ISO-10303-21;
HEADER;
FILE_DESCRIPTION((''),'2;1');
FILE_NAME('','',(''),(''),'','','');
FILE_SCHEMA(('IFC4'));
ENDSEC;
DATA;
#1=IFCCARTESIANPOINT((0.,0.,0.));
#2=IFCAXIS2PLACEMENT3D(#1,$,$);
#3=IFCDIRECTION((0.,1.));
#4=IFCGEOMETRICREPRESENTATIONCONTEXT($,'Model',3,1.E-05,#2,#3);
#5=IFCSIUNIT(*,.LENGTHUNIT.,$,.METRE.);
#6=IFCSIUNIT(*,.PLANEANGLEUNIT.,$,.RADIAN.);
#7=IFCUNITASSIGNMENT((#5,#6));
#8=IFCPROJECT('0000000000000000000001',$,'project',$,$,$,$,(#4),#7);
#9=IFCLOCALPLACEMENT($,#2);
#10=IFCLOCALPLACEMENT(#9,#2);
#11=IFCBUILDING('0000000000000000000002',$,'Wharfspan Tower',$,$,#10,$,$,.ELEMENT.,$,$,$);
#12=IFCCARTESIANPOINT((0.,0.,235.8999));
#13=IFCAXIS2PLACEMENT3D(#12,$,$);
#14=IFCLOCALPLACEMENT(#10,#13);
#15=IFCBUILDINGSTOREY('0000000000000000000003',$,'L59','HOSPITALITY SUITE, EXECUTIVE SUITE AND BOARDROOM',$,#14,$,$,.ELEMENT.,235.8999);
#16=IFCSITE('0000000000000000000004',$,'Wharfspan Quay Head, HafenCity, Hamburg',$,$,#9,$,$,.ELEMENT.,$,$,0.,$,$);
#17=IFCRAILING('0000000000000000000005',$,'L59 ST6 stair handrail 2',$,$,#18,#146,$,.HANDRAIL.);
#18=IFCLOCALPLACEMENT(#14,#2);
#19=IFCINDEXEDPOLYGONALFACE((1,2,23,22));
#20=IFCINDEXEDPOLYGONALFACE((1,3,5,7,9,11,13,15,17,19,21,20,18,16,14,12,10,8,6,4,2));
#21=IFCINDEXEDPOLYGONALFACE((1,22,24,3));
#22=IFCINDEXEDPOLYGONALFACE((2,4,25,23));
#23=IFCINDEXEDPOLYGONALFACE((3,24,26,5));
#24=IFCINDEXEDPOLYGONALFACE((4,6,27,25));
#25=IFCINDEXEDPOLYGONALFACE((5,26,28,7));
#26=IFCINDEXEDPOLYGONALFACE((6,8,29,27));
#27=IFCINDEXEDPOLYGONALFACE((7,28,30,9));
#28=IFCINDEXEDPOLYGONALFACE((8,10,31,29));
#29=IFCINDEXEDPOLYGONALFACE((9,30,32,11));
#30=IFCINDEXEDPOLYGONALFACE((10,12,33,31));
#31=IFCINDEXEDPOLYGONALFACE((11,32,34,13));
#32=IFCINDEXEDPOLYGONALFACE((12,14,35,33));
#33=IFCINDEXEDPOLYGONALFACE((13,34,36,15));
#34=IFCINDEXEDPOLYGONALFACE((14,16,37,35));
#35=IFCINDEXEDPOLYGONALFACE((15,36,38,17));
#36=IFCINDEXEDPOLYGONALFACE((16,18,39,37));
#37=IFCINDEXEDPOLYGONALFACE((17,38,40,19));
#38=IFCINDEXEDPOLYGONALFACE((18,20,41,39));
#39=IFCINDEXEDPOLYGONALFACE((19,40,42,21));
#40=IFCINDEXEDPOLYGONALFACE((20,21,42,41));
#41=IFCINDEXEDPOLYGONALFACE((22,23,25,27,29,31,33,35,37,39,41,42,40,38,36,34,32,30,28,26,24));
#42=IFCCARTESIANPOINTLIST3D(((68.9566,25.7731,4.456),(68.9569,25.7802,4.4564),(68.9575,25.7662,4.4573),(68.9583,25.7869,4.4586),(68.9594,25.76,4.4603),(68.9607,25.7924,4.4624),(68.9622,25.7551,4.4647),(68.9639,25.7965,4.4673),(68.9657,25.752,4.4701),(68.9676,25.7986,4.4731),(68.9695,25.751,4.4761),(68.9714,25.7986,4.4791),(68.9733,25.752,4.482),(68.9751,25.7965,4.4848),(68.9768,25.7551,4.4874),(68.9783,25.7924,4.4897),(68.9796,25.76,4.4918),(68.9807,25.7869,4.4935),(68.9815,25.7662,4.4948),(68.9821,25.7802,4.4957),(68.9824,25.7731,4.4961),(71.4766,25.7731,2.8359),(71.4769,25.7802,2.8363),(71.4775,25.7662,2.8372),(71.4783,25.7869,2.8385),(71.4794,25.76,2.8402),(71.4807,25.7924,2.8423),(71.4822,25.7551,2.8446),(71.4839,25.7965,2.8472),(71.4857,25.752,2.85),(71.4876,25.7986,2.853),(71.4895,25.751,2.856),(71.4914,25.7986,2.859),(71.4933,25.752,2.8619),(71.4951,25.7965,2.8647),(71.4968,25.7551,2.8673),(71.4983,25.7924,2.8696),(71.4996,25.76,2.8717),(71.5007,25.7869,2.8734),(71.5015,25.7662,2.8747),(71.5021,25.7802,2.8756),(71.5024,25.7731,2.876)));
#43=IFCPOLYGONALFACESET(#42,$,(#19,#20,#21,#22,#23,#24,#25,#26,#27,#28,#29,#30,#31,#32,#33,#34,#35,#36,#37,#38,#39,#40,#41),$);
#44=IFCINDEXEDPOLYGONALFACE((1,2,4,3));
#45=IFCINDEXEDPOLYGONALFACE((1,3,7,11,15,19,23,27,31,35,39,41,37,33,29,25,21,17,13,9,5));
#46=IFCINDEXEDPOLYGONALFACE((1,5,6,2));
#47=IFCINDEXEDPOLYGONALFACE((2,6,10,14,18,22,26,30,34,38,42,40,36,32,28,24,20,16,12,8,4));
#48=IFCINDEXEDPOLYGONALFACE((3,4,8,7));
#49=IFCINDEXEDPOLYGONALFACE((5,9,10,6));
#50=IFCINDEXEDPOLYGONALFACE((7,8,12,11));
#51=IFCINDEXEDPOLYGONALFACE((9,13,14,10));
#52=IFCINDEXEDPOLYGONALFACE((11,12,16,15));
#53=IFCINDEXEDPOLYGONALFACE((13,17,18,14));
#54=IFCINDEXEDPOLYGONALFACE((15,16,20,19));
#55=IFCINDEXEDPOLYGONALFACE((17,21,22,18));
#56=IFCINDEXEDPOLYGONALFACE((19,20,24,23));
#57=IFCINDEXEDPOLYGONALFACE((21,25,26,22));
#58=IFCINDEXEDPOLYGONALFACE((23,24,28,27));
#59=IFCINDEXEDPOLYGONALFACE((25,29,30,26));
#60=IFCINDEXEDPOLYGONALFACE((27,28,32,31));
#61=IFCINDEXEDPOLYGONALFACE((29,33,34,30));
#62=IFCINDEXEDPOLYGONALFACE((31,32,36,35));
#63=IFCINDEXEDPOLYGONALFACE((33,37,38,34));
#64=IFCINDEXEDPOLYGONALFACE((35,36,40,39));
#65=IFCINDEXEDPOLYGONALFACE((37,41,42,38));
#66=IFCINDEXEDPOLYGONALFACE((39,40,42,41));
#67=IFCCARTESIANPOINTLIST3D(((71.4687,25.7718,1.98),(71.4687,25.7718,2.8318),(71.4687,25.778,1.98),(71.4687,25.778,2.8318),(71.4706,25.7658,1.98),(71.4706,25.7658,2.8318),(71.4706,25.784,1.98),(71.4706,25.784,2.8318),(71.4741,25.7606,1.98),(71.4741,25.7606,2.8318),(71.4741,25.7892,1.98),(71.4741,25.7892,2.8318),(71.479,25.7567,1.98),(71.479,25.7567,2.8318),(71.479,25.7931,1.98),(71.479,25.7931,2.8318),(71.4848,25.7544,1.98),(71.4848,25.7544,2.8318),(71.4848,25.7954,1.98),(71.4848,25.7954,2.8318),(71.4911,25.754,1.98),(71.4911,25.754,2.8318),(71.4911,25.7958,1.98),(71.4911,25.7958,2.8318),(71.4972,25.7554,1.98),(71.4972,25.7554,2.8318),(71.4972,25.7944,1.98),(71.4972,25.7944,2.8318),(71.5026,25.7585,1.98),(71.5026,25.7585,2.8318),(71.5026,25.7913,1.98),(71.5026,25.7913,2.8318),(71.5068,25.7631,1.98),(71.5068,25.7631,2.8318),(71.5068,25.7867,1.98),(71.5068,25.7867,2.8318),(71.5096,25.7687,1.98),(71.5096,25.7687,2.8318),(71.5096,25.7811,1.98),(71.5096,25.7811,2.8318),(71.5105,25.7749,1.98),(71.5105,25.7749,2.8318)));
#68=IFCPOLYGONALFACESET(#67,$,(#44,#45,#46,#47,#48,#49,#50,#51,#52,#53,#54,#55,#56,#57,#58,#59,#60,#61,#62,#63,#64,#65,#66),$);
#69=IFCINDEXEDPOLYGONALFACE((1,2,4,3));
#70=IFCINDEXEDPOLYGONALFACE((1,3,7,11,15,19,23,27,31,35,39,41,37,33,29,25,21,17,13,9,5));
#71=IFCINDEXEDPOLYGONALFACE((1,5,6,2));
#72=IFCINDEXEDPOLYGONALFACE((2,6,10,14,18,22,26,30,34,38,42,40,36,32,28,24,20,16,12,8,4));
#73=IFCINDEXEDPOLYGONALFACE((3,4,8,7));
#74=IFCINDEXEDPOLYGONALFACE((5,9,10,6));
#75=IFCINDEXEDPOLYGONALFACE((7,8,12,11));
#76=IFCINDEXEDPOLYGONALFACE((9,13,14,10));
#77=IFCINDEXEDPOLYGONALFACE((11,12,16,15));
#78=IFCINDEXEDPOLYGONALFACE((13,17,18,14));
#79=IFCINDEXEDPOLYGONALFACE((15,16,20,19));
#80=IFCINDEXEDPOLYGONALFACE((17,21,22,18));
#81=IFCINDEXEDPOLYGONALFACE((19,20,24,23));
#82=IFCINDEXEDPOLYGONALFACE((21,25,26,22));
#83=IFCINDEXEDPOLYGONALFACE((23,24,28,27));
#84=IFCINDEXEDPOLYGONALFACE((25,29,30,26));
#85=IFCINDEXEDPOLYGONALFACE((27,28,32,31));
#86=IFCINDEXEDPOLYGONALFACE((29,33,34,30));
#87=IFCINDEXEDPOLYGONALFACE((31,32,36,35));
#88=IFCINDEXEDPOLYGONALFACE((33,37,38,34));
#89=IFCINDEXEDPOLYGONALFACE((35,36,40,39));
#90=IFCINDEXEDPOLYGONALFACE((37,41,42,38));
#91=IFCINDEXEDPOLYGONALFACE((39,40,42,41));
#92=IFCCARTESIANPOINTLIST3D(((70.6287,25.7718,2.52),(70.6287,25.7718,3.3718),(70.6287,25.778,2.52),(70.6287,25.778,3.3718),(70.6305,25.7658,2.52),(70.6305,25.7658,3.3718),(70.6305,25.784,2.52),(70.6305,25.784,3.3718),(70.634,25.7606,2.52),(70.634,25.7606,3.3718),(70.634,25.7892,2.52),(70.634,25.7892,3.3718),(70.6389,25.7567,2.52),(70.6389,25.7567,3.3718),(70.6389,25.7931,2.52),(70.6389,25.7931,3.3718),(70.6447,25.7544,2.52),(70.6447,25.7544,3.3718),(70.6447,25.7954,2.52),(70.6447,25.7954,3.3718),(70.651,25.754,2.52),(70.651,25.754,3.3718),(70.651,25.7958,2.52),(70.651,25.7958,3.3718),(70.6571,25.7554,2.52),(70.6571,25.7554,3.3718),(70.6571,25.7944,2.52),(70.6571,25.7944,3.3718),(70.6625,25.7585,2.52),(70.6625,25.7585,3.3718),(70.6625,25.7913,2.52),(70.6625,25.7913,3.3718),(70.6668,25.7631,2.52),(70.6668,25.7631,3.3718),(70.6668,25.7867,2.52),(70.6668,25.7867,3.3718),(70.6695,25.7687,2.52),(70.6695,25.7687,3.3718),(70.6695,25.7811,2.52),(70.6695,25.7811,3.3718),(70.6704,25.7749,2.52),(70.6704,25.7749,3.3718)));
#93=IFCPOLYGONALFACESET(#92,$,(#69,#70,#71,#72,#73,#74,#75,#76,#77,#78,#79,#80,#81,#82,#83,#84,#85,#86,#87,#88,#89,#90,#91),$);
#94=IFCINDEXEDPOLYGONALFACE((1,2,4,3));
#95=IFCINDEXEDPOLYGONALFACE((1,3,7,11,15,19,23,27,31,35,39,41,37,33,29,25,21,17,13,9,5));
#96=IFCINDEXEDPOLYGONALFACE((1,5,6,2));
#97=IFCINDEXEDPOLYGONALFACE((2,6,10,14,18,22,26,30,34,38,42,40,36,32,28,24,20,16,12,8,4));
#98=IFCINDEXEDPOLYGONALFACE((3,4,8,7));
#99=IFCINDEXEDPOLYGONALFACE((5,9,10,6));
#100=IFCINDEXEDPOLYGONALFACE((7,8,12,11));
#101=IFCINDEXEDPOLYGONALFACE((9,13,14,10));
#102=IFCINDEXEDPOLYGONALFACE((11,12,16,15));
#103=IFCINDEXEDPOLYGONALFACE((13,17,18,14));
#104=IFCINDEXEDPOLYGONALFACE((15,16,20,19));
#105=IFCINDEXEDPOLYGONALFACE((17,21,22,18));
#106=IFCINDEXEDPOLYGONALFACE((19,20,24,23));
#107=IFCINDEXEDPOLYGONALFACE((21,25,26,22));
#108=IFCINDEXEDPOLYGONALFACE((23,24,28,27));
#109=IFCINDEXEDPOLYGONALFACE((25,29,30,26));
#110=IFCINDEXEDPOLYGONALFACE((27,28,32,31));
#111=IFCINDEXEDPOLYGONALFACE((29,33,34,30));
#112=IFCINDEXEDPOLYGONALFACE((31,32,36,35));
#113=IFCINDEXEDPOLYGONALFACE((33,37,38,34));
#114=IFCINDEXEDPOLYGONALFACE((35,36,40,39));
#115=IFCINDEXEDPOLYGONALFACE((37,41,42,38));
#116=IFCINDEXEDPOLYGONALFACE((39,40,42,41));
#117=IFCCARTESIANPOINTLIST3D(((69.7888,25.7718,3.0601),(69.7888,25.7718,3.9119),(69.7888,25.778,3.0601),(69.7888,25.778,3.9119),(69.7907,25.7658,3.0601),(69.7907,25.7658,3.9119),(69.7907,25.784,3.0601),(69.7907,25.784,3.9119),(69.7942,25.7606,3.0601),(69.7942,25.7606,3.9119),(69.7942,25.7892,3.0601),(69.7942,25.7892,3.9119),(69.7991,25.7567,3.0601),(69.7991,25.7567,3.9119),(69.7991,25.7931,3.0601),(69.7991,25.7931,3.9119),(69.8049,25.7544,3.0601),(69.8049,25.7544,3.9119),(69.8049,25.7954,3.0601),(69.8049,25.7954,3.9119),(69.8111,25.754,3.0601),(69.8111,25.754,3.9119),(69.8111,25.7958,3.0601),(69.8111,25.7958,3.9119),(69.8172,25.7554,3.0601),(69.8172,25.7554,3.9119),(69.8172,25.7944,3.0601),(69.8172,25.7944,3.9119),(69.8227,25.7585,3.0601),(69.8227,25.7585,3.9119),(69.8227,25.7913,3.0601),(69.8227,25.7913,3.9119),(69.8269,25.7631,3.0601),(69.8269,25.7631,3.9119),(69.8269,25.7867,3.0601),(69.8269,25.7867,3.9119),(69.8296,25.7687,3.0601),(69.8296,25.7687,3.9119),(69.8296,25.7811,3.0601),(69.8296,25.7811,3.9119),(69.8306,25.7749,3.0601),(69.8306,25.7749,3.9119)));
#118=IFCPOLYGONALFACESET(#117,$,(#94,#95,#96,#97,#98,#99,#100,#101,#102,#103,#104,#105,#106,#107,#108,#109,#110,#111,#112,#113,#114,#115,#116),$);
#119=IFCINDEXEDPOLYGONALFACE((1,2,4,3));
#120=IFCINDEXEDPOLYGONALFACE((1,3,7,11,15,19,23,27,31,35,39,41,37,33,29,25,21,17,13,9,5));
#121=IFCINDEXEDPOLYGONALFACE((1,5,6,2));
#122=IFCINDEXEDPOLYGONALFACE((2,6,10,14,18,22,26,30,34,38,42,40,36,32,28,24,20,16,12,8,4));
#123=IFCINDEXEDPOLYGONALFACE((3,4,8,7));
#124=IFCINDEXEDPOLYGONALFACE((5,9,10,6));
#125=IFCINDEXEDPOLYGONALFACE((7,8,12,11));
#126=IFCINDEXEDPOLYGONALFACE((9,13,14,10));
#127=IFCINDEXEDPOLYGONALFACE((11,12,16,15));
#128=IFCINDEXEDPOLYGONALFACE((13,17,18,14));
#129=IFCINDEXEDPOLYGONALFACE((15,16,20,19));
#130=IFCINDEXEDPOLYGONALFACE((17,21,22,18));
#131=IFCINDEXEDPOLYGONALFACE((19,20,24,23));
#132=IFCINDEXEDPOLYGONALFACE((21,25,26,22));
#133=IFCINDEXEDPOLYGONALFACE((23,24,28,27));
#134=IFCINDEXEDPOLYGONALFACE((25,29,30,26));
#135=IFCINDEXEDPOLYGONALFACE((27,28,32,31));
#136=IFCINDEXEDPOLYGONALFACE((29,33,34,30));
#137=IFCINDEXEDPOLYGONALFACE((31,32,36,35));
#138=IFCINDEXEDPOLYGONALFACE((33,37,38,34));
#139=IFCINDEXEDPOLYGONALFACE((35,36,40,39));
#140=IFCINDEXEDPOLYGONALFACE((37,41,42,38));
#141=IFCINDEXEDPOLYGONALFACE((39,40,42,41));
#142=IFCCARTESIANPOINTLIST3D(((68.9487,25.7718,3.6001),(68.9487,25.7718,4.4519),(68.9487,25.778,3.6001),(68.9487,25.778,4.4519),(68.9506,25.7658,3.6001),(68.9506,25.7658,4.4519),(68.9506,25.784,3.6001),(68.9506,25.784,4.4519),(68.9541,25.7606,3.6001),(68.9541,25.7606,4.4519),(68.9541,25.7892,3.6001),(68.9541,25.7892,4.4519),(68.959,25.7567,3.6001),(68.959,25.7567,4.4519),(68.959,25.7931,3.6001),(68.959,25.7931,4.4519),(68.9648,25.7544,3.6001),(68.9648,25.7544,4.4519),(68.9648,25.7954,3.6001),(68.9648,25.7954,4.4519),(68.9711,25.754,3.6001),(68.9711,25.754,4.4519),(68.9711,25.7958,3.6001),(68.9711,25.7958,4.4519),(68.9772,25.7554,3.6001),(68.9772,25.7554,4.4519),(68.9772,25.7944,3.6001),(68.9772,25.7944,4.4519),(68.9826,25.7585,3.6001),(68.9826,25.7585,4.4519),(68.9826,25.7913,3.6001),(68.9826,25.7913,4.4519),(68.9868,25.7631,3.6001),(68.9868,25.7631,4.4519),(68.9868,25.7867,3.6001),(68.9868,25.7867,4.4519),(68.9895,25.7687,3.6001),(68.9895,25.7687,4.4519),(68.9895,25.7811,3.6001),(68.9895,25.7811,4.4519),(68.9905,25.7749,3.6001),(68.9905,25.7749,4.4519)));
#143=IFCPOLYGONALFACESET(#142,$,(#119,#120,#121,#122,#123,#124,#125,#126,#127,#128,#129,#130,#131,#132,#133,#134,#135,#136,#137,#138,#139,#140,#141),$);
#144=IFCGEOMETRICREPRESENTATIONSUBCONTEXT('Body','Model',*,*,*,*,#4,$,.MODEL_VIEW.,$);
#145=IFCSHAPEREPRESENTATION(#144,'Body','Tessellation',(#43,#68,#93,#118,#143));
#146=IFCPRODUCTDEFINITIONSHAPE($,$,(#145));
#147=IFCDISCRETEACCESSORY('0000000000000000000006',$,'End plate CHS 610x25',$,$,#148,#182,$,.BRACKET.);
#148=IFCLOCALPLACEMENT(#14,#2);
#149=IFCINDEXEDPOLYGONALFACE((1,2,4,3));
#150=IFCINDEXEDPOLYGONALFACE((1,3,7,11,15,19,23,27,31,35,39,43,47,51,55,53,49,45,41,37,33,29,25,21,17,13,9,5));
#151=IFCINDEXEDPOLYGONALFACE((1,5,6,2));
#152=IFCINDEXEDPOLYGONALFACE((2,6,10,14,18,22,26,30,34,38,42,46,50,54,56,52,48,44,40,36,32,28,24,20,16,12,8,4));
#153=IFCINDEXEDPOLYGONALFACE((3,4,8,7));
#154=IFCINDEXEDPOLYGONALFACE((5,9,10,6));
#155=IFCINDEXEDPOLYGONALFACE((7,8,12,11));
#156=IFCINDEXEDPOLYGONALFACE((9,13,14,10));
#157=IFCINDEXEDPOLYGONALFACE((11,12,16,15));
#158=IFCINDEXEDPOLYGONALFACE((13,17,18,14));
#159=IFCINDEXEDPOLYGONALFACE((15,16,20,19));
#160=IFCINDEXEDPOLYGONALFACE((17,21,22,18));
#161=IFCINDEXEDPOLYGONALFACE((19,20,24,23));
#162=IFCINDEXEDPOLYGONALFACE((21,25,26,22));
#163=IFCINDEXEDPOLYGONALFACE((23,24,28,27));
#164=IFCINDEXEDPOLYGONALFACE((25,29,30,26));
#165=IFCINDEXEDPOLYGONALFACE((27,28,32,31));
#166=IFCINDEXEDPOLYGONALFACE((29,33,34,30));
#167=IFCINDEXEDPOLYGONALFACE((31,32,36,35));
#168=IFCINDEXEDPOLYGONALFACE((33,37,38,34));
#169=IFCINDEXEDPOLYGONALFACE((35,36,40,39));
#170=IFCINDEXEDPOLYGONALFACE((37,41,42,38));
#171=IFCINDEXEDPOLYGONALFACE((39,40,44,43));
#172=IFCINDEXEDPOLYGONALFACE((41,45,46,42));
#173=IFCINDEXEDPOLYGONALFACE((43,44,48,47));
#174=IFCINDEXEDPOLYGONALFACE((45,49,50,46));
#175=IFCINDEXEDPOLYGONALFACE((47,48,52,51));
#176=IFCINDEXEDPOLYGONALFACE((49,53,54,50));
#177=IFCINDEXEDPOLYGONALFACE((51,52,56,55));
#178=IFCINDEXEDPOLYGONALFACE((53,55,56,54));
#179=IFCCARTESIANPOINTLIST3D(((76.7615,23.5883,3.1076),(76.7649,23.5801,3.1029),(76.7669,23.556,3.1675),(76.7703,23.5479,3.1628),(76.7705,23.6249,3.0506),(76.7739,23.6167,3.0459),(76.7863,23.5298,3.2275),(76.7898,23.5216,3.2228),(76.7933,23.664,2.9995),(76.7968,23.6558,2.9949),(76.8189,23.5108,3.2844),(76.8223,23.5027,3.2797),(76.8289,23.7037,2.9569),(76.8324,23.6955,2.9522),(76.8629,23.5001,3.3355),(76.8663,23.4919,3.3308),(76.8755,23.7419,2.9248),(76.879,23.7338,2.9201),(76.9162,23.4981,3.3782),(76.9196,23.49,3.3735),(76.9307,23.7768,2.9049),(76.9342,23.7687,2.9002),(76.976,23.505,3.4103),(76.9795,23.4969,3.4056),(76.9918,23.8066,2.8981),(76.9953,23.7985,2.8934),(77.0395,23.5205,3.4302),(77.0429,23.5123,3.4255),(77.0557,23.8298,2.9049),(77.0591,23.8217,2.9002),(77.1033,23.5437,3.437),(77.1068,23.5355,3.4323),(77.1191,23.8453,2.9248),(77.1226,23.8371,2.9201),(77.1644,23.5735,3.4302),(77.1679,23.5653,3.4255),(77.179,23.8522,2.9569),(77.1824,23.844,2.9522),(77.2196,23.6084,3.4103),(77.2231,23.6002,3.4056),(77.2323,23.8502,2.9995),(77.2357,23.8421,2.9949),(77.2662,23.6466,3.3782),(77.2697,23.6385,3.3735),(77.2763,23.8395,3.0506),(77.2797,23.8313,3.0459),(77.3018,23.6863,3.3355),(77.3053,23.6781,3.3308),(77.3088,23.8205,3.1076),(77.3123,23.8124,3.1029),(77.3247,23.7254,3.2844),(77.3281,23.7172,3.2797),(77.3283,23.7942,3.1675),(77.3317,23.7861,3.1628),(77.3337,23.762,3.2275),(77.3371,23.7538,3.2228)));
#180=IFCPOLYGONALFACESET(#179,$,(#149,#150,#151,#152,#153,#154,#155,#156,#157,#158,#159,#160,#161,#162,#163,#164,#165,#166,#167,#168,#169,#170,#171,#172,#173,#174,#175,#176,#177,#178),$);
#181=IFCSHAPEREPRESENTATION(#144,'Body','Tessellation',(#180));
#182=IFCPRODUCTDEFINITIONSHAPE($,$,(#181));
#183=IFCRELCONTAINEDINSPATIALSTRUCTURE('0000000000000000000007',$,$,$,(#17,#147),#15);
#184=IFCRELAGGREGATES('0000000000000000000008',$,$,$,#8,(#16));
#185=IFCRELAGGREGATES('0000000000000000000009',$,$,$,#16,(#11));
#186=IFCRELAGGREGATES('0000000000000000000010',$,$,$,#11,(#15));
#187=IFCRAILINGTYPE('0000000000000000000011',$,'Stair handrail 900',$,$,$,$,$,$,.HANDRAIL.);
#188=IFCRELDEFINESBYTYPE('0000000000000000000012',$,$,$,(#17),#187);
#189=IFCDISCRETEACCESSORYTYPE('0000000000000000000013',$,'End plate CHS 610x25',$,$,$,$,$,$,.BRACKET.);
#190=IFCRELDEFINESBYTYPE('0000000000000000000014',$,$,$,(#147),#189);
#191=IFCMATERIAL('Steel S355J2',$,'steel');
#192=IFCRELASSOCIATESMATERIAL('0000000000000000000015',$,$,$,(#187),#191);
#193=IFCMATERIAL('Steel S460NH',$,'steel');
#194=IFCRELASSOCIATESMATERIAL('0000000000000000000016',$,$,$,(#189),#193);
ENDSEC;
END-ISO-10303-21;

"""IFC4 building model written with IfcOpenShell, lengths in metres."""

from ifc_helpers import new_model, si_unit, direction, frame, origin, origin_2d, place, context, subcontext, project, spatial, circle, extrude, material, material_profile, profile_set, type_object, element, save


model = new_model("IFC4")

# Units and contexts
model_context = context("Model", 3, precision=1e-05, world=origin(), true_north=direction((0.0, 1.0)))
body_context = subcontext(model_context, "Body", "Model", "MODEL_VIEW")
ifc_project = project(units=[si_unit("LENGTHUNIT", "METRE"), si_unit("PLANEANGLEUNIT", "RADIAN")], contexts=[model_context])

# Site, building, storey
site_placement = place(None, origin())
site = spatial("IfcSite", under=ifc_project, at=site_placement, Name="Wharfspan Quay Head, HafenCity, Hamburg", CompositionType="ELEMENT", RefElevation=0.0)
building_placement = place(site_placement, origin())
building = spatial("IfcBuilding", under=site, at=building_placement, Name="Wharfspan Tower", CompositionType="ELEMENT")
storey_placement = place(building_placement, frame((0.0, 0.0, 235.8999)))
storey = spatial("IfcBuildingStorey", under=building, at=storey_placement, Name="L59", Description="HOSPITALITY SUITE, EXECUTIVE SUITE AND BOARDROOM", CompositionType="ELEMENT", Elevation=235.8999)

# Shared definitions
ifc_material_1 = material(Name="Steel S460NH", Category="steel")

# Railing
ifc_material_2 = material(Name="Steel S355J2", Category="steel")
railing_type_1 = type_object("IfcRailingType", Name="Stair handrail 900", PredefinedType="HANDRAIL", material=ifc_material_2)
railing_1_placement = place(storey_placement, frame((71.4895, 25.7749, 1.98)))
element("IfcRailing", 1, at=railing_1_placement, inside=storey, type_object=railing_type_1, Name="L59 ST6 stair handrail 2", PredefinedType="HANDRAIL", context=body_context, shape_type="SweptSolid", body=[
    extrude(circle(Radius=0.0239, at=origin_2d()), frame((0.0, 0.0, 0.876), z_axis=(-0.841163, 0.0, 0.540782), x_axis=(0.0, -1.0, 0.0)), (0.0, 0.0, 1.0), 2.9958),
    extrude(circle(Radius=0.021, at=origin_2d()), origin(), (0.0, 0.0, 1.0), 0.8518),
    extrude(circle(Radius=0.021, at=origin_2d()), frame((-0.8401, 0.0, 0.54)), (0.0, 0.0, 1.0), 0.8518),
    extrude(circle(Radius=0.021, at=origin_2d()), frame((-1.6799, 0.0, 1.0801)), (0.0, 0.0, 1.0), 0.8518),
    extrude(circle(Radius=0.021, at=origin_2d()), frame((-2.52, 0.0, 1.6201)), (0.0, 0.0, 1.0), 0.8518),
])

# Discrete accessory
ifc_material_profile_1 = material_profile(ifc_material_1, circle(Radius=0.3049, at=origin_2d()))
ifc_profile_set_1 = profile_set([ifc_material_profile_1], Name="Steel S460NH")
discrete_accessory_type = type_object("IfcDiscreteAccessoryType", Name="End plate CHS 610x25", PredefinedType="BRACKET", material=ifc_profile_set_1)
for number, where, z_axis, x_axis, name in (
    (2, (77.051, 23.667, 3.1628), (-0.345075, 0.81339, 0.468316), (-0.920586, -0.390551, -0.000002), "End plate CHS 610x25"),
):
    element("IfcDiscreteAccessory", number, at=place(storey_placement, frame(where, z_axis=z_axis, x_axis=x_axis)), inside=storey, type_object=discrete_accessory_type, Name=name, PredefinedType="BRACKET", context=body_context, shape_type="SweptSolid", body=[
        extrude(circle(Radius=0.3049, at=origin_2d()), origin(), (0.0, 0.0, 1.0), 0.01),
    ])

save(model, "model.ifc")
